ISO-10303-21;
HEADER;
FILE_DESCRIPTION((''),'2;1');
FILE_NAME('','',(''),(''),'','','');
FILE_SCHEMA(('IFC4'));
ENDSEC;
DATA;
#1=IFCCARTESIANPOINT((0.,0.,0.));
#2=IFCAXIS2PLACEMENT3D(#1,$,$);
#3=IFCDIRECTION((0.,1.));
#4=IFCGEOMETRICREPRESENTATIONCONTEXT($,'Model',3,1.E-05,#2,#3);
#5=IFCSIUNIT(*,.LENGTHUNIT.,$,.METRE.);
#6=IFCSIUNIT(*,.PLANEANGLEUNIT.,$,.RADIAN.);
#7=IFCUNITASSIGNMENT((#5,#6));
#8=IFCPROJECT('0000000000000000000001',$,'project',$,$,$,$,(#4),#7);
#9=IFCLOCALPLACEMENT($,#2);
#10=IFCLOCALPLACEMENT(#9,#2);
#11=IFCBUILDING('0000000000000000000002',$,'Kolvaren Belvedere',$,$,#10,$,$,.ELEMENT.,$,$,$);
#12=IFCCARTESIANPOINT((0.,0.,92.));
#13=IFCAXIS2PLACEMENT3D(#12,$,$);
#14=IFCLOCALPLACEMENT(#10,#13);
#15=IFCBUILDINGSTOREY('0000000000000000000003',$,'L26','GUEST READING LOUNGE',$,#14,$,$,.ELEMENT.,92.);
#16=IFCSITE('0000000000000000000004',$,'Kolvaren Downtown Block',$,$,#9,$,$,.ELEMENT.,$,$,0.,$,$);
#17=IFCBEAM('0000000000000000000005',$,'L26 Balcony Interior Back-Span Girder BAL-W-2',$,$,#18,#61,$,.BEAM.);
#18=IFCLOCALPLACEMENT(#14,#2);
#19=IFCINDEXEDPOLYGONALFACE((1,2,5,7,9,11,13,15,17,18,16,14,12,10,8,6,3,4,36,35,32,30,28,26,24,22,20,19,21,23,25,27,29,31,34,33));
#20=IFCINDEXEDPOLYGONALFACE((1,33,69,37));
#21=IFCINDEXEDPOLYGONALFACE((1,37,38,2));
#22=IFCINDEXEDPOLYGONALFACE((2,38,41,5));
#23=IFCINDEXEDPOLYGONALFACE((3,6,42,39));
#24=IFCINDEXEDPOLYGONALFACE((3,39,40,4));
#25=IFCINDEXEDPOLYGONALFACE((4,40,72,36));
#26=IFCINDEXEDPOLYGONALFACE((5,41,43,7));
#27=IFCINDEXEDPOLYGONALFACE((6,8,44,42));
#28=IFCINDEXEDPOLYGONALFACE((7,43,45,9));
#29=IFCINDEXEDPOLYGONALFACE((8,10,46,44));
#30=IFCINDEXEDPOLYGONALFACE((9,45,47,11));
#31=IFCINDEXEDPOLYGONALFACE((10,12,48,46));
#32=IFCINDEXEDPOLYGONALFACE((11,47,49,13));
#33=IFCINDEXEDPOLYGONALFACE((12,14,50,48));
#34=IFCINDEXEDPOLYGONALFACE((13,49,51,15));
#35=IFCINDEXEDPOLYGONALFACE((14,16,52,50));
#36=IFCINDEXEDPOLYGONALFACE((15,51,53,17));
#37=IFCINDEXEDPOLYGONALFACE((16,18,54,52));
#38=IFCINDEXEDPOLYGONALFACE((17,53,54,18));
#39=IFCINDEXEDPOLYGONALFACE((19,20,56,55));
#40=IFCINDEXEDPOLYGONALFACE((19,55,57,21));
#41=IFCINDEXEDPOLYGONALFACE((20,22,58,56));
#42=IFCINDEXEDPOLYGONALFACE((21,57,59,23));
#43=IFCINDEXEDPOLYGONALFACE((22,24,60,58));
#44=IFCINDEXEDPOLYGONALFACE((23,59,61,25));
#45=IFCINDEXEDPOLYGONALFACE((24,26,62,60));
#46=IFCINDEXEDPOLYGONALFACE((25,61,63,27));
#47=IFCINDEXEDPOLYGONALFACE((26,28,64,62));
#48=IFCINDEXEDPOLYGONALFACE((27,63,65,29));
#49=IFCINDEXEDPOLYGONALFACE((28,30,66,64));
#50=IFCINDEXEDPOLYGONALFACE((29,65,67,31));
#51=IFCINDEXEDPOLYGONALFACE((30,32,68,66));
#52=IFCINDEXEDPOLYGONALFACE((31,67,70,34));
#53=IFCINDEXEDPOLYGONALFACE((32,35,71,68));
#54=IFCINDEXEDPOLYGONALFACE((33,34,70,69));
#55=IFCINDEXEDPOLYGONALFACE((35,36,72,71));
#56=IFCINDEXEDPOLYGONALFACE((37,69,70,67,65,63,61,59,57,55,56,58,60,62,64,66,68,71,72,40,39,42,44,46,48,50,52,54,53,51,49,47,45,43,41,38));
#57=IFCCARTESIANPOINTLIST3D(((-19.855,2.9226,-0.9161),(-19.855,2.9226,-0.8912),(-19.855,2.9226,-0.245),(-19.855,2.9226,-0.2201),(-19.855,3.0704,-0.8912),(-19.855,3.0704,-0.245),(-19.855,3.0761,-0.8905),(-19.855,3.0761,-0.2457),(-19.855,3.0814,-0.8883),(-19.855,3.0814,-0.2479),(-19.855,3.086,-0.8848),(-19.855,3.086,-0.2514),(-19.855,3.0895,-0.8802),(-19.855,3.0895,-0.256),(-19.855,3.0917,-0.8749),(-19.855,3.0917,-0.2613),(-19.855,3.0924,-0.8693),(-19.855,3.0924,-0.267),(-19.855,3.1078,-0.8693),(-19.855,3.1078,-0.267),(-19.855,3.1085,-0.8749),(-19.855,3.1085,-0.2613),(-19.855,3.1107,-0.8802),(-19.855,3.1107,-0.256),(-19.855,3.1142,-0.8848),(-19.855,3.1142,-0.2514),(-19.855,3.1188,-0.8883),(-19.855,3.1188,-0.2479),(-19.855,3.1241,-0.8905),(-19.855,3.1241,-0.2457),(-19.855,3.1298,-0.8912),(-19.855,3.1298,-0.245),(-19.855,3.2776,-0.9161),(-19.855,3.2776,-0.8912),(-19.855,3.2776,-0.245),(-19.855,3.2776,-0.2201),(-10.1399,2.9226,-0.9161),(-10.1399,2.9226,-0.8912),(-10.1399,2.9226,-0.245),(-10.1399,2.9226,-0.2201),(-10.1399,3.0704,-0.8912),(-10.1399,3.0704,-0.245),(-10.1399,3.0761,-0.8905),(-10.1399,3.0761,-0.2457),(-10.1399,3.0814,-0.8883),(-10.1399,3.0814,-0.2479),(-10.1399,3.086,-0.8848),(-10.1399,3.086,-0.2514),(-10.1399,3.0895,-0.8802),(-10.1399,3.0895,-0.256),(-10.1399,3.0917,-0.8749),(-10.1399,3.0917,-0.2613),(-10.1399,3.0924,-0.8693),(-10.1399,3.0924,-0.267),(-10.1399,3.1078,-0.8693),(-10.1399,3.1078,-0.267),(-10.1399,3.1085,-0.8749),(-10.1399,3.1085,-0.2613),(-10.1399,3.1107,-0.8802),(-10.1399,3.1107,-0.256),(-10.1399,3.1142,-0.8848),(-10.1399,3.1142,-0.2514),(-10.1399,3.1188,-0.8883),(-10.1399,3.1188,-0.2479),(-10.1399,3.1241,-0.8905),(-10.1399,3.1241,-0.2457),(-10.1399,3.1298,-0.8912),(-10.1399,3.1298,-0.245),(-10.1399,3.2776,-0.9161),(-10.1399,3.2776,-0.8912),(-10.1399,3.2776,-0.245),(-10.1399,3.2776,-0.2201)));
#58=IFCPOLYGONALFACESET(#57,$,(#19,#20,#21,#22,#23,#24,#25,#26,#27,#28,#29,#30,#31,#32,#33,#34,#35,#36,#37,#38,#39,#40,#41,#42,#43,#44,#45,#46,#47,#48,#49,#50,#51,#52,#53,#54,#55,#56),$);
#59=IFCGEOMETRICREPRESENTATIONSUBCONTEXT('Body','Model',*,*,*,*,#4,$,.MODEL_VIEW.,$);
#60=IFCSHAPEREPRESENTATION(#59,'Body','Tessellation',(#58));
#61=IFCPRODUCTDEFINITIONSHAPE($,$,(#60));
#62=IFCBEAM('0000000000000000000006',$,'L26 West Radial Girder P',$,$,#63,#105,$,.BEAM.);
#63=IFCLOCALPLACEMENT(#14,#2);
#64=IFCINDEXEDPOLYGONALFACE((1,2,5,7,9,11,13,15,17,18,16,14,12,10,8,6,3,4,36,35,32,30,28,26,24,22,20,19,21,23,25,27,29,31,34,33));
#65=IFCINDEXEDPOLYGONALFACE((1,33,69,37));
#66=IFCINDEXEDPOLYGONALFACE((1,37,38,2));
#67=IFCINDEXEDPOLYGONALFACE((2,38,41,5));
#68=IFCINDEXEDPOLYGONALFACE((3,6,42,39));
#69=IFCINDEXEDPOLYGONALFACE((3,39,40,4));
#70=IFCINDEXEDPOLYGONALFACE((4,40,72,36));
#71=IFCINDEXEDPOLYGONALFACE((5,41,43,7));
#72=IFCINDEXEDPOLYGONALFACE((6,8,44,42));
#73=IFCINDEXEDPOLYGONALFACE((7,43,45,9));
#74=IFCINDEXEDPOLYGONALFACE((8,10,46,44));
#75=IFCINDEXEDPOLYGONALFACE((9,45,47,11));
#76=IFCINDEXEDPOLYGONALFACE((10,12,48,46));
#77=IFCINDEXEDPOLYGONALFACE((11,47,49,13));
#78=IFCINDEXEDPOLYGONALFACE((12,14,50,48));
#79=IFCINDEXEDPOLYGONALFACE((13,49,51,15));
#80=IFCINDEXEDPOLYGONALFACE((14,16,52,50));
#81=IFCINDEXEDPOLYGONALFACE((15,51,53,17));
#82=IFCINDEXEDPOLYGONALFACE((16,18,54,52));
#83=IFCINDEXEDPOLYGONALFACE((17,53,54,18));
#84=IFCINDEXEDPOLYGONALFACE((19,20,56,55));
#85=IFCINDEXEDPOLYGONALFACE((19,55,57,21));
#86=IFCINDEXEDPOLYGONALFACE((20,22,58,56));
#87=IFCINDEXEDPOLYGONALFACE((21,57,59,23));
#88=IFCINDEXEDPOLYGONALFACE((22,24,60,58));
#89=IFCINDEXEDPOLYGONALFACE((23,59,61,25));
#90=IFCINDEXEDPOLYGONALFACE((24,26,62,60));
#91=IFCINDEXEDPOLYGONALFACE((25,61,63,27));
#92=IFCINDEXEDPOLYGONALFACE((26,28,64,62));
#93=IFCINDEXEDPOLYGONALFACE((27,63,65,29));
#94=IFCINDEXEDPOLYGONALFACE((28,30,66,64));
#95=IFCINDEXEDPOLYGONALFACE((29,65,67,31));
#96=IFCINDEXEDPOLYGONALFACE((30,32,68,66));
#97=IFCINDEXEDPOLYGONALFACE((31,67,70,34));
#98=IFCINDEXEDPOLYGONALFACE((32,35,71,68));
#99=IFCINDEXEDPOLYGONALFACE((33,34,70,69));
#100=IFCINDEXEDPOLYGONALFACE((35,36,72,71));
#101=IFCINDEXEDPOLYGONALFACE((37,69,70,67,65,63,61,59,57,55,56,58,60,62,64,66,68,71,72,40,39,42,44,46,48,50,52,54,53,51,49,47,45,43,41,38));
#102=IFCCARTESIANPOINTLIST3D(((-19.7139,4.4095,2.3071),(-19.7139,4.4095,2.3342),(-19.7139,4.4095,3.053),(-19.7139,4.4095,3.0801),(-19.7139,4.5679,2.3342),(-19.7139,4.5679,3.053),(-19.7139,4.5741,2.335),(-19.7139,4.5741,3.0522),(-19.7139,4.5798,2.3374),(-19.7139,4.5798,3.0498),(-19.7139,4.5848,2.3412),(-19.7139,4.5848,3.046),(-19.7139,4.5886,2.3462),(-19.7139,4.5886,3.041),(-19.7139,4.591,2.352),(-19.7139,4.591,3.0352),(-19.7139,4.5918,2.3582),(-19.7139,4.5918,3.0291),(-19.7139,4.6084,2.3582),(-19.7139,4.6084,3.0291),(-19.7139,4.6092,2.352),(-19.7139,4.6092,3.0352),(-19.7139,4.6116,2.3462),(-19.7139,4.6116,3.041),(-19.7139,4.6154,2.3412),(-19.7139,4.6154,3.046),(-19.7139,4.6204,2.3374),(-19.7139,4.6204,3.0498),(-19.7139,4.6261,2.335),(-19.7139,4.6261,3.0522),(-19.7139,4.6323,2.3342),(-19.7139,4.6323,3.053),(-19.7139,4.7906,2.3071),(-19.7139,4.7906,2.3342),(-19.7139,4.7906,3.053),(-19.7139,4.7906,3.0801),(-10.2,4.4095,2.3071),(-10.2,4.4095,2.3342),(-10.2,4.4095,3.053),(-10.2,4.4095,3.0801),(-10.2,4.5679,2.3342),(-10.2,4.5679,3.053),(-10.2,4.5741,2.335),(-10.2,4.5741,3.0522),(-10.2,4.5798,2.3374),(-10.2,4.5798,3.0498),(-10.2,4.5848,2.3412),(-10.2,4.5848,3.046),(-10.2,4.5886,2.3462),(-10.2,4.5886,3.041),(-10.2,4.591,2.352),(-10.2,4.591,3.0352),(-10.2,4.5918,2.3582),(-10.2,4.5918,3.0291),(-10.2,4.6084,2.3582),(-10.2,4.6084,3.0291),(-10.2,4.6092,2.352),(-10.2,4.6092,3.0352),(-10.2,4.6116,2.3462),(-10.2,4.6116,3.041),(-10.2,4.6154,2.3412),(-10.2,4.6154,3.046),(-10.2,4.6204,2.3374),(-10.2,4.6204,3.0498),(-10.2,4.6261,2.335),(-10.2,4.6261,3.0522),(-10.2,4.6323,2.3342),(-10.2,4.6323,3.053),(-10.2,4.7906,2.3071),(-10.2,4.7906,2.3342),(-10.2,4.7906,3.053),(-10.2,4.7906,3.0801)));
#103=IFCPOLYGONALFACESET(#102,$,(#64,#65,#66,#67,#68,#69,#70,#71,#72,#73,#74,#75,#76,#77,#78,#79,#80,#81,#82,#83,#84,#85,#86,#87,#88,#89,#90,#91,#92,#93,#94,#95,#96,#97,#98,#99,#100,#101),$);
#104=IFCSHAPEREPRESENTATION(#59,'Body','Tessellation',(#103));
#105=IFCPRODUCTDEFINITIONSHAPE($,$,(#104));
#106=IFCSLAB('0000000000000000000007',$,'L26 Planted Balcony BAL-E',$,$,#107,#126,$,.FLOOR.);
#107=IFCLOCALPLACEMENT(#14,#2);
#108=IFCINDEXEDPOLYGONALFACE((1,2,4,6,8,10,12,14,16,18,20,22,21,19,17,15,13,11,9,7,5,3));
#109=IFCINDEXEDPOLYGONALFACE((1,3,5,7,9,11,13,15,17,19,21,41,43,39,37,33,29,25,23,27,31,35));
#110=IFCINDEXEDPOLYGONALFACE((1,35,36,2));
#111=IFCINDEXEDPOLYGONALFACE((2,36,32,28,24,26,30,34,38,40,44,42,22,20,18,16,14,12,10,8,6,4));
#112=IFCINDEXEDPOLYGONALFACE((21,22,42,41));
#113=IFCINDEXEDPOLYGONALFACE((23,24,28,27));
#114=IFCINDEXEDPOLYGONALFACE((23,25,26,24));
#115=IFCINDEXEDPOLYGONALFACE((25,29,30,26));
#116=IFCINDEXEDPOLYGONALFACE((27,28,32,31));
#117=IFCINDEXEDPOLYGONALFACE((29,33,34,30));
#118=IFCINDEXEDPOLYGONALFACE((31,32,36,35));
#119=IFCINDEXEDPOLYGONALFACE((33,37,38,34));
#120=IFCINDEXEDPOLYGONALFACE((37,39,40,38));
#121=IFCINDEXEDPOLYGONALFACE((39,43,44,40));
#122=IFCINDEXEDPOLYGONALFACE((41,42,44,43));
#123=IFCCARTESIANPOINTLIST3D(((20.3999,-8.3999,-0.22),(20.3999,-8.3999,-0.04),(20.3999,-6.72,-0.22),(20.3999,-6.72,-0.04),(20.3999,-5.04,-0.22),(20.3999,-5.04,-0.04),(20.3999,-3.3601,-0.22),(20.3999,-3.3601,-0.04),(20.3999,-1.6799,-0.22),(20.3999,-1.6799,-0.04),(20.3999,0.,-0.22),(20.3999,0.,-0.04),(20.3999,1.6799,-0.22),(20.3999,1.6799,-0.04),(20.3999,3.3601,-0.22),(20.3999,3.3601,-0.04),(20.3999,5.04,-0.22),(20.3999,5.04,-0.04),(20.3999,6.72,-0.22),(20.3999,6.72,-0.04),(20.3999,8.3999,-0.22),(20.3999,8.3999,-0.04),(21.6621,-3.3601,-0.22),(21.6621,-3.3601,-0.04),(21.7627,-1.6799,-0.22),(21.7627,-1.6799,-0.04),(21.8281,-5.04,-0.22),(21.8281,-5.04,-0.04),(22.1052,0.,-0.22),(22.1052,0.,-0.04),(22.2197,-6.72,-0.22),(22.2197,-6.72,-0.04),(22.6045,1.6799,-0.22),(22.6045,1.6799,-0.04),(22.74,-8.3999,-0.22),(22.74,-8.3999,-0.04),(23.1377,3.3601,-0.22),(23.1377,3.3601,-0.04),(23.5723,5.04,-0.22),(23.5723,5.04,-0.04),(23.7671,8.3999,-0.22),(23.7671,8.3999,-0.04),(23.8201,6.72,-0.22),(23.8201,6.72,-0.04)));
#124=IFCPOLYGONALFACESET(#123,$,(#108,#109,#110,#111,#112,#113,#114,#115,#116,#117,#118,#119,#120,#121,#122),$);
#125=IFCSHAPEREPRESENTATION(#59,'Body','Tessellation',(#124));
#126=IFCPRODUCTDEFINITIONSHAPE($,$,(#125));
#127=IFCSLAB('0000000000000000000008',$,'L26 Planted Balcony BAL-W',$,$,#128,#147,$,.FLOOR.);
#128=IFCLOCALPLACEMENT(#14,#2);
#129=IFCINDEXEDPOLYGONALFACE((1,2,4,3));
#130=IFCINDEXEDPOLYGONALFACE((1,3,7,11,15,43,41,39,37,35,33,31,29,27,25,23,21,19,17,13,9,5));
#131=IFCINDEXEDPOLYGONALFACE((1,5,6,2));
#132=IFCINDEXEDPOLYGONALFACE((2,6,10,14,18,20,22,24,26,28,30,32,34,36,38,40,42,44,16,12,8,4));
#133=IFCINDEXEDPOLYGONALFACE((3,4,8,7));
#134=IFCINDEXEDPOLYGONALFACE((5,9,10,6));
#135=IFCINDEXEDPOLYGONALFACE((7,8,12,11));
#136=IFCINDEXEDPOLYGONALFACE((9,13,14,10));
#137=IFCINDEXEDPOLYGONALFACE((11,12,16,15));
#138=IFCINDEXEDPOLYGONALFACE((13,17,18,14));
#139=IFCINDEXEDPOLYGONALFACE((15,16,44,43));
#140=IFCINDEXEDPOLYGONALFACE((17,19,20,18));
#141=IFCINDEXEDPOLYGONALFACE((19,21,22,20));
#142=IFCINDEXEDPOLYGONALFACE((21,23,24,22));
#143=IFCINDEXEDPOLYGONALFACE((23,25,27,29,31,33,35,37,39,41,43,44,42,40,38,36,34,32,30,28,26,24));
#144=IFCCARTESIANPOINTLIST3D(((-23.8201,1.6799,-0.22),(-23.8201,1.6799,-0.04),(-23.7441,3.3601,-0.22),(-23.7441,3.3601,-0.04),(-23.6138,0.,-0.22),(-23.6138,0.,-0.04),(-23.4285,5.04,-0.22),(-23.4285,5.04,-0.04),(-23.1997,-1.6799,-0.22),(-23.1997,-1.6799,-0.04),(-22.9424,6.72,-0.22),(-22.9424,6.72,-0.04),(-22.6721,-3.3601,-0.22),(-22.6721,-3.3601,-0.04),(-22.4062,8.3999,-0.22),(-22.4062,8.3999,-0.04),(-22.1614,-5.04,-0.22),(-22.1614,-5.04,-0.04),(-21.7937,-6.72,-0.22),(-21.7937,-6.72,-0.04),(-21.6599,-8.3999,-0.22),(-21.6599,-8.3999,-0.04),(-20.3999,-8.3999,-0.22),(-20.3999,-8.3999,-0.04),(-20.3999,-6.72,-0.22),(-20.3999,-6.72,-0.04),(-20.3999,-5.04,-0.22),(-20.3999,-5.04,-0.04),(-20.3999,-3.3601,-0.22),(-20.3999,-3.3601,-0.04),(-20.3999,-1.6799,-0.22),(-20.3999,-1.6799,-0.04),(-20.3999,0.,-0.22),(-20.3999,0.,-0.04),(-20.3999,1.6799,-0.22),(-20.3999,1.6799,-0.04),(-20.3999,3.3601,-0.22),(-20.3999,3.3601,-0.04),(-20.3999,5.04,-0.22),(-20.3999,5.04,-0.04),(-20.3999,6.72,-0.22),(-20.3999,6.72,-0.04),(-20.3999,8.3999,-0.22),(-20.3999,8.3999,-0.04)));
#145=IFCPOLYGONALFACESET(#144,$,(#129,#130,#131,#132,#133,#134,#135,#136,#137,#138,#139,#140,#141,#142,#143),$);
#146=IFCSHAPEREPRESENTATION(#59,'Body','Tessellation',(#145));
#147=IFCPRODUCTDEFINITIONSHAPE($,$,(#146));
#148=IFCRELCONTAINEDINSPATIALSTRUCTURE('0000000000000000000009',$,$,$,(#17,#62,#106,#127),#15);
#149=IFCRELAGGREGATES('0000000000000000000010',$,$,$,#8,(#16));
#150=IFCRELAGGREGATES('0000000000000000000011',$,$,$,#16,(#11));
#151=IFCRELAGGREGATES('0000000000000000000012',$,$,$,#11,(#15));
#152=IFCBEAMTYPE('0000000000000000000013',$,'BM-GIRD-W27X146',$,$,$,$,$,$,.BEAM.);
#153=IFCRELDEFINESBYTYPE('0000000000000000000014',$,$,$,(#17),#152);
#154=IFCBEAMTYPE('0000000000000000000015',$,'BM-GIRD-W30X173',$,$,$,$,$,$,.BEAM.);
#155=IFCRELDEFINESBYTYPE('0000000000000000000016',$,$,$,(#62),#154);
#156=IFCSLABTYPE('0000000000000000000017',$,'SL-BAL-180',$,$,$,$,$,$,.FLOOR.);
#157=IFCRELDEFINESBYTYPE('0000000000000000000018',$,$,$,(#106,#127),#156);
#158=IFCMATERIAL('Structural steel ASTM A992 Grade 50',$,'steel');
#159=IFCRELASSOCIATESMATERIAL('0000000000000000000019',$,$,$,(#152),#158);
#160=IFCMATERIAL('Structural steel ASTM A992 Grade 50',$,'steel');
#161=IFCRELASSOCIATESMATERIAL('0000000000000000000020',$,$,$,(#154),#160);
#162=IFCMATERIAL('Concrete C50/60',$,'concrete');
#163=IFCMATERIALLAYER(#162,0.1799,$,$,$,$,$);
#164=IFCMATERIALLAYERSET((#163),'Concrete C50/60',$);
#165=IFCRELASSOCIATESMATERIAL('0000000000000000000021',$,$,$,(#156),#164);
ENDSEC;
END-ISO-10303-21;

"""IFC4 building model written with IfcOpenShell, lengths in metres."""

from ifc_helpers import new_model, si_unit, direction, frame, origin, origin_2d, place, context, subcontext, project, spatial, polyline, i_section, outline, extrude, material, layer, layer_set, material_profile, profile_set, type_object, element, save


model = new_model("IFC4")

# Units and contexts
model_context = context("Model", 3, precision=1e-05, world=origin(), true_north=direction((0.0, 1.0)))
body_context = subcontext(model_context, "Body", "Model", "MODEL_VIEW")
ifc_project = project(units=[si_unit("LENGTHUNIT", "METRE"), si_unit("PLANEANGLEUNIT", "RADIAN")], contexts=[model_context])

# Site, building, storey
site_placement = place(None, origin())
site = spatial("IfcSite", under=ifc_project, at=site_placement, Name="Kolvaren Downtown Block", CompositionType="ELEMENT", RefElevation=0.0)
building_placement = place(site_placement, origin())
building = spatial("IfcBuilding", under=site, at=building_placement, Name="Kolvaren Belvedere", CompositionType="ELEMENT")
storey_placement = place(building_placement, frame((0.0, 0.0, 92.0)))
storey = spatial("IfcBuildingStorey", under=building, at=storey_placement, Name="L26", Description="GUEST READING LOUNGE", CompositionType="ELEMENT", Elevation=92.0)

# Beams
ifc_material_1 = material(Name="Structural steel ASTM A992 Grade 50", Category="steel")
ifc_material_profile_1 = material_profile(ifc_material_1, i_section(OverallWidth=0.355, OverallDepth=0.696, WebThickness=0.0154, FlangeThickness=0.0249, FilletRadius=0.022, at=origin_2d()), Name="W27X146")
ifc_profile_set_1 = profile_set([ifc_material_profile_1], Name="Structural steel ASTM A992 Grade 50")
beam_type_1 = type_object("IfcBeamType", Name="BM-GIRD-W27X146", PredefinedType="BEAM", material=ifc_profile_set_1)
beam_1_placement = place(storey_placement, frame((-10.1399, 3.1001, -0.5681), z_axis=(-1.0, 0.0, 0.0), x_axis=(0.0, -1.0, 0.0)))
element("IfcBeam", 1, at=beam_1_placement, inside=storey, type_object=beam_type_1, Name="L26 Balcony Interior Back-Span Girder BAL-W-2", PredefinedType="BEAM", context=body_context, shape_type="SweptSolid", body=[
    extrude(i_section(OverallWidth=0.355, OverallDepth=0.696, WebThickness=0.0154, FlangeThickness=0.0249, FilletRadius=0.022, at=origin_2d()), origin(), (0.0, 0.0, 1.0), 9.7151),
])
ifc_material_2 = material(Name="Structural steel ASTM A992 Grade 50", Category="steel")
ifc_material_profile_2 = material_profile(ifc_material_2, i_section(OverallWidth=0.3811, OverallDepth=0.7729, WebThickness=0.0166, FlangeThickness=0.0271, FilletRadius=0.0239, at=origin_2d()), Name="W30X173")
ifc_profile_set_2 = profile_set([ifc_material_profile_2], Name="Structural steel ASTM A992 Grade 50")
beam_type_2 = type_object("IfcBeamType", Name="BM-GIRD-W30X173", PredefinedType="BEAM", material=ifc_profile_set_2)
beam_2_placement = place(storey_placement, frame((-10.2, 4.6001, 2.6936), z_axis=(-1.0, 0.0, 0.0), x_axis=(0.0, -1.0, 0.0)))
element("IfcBeam", 2, at=beam_2_placement, inside=storey, type_object=beam_type_2, Name="L26 West Radial Girder P", PredefinedType="BEAM", context=body_context, shape_type="SweptSolid", body=[
    extrude(i_section(OverallWidth=0.3811, OverallDepth=0.7729, WebThickness=0.0166, FlangeThickness=0.0271, FilletRadius=0.0239, at=origin_2d()), origin(), (0.0, 0.0, 1.0), 9.5139),
])

# Slabs
ifc_material_3 = material(Name="Concrete C50/60", Category="concrete")
ifc_layer_1 = layer(ifc_material_3, 0.1799)
ifc_layer_set_1 = layer_set([ifc_layer_1], Name="Concrete C50/60")
slab_type_1 = type_object("IfcSlabType", Name="SL-BAL-180", PredefinedType="FLOOR", material=ifc_layer_set_1)
slab_1_placement = place(storey_placement, frame((0.0, 0.0, -0.22)))
element("IfcSlab", 3, at=slab_1_placement, inside=storey, type_object=slab_type_1, Name="L26 Planted Balcony BAL-E", PredefinedType="FLOOR", context=body_context, shape_type="SweptSolid", body=[
    extrude(outline(polyline([(22.74, -8.3999), (22.2197, -6.72), (21.8281, -5.04), (21.6621, -3.3601), (21.7627, -1.6799), (22.1052, 0.0), (22.6045, 1.6799), (23.1377, 3.3601), (23.5723, 5.04), (23.8201, 6.72), (23.7671, 8.3999), (20.3999, 8.3999), (20.3999, 6.72), (20.3999, 5.04), (20.3999, 3.3601), (20.3999, 1.6799), (20.3999, 0.0), (20.3999, -1.6799), (20.3999, -3.3601), (20.3999, -5.04), (20.3999, -6.72), (20.3999, -8.3999), (22.74, -8.3999)])), origin(), (0.0, 0.0, 1.0), 0.1799),
])
slab_2_placement = place(storey_placement, frame((0.0, 0.0, -0.22)))
element("IfcSlab", 4, at=slab_2_placement, inside=storey, type_object=slab_type_1, Name="L26 Planted Balcony BAL-W", PredefinedType="FLOOR", context=body_context, shape_type="SweptSolid", body=[
    extrude(outline(polyline([(-22.4062, 8.3999), (-22.9424, 6.72), (-23.4285, 5.04), (-23.7441, 3.3601), (-23.8201, 1.6799), (-23.6138, 0.0), (-23.1997, -1.6799), (-22.6721, -3.3601), (-22.1614, -5.04), (-21.7937, -6.72), (-21.6599, -8.3999), (-20.3999, -8.3999), (-20.3999, -6.72), (-20.3999, -5.04), (-20.3999, -3.3601), (-20.3999, -1.6799), (-20.3999, 0.0), (-20.3999, 1.6799), (-20.3999, 3.3601), (-20.3999, 5.04), (-20.3999, 6.72), (-20.3999, 8.3999), (-22.4062, 8.3999)])), origin(), (0.0, 0.0, 1.0), 0.1799),
])

save(model, "model.ifc")
